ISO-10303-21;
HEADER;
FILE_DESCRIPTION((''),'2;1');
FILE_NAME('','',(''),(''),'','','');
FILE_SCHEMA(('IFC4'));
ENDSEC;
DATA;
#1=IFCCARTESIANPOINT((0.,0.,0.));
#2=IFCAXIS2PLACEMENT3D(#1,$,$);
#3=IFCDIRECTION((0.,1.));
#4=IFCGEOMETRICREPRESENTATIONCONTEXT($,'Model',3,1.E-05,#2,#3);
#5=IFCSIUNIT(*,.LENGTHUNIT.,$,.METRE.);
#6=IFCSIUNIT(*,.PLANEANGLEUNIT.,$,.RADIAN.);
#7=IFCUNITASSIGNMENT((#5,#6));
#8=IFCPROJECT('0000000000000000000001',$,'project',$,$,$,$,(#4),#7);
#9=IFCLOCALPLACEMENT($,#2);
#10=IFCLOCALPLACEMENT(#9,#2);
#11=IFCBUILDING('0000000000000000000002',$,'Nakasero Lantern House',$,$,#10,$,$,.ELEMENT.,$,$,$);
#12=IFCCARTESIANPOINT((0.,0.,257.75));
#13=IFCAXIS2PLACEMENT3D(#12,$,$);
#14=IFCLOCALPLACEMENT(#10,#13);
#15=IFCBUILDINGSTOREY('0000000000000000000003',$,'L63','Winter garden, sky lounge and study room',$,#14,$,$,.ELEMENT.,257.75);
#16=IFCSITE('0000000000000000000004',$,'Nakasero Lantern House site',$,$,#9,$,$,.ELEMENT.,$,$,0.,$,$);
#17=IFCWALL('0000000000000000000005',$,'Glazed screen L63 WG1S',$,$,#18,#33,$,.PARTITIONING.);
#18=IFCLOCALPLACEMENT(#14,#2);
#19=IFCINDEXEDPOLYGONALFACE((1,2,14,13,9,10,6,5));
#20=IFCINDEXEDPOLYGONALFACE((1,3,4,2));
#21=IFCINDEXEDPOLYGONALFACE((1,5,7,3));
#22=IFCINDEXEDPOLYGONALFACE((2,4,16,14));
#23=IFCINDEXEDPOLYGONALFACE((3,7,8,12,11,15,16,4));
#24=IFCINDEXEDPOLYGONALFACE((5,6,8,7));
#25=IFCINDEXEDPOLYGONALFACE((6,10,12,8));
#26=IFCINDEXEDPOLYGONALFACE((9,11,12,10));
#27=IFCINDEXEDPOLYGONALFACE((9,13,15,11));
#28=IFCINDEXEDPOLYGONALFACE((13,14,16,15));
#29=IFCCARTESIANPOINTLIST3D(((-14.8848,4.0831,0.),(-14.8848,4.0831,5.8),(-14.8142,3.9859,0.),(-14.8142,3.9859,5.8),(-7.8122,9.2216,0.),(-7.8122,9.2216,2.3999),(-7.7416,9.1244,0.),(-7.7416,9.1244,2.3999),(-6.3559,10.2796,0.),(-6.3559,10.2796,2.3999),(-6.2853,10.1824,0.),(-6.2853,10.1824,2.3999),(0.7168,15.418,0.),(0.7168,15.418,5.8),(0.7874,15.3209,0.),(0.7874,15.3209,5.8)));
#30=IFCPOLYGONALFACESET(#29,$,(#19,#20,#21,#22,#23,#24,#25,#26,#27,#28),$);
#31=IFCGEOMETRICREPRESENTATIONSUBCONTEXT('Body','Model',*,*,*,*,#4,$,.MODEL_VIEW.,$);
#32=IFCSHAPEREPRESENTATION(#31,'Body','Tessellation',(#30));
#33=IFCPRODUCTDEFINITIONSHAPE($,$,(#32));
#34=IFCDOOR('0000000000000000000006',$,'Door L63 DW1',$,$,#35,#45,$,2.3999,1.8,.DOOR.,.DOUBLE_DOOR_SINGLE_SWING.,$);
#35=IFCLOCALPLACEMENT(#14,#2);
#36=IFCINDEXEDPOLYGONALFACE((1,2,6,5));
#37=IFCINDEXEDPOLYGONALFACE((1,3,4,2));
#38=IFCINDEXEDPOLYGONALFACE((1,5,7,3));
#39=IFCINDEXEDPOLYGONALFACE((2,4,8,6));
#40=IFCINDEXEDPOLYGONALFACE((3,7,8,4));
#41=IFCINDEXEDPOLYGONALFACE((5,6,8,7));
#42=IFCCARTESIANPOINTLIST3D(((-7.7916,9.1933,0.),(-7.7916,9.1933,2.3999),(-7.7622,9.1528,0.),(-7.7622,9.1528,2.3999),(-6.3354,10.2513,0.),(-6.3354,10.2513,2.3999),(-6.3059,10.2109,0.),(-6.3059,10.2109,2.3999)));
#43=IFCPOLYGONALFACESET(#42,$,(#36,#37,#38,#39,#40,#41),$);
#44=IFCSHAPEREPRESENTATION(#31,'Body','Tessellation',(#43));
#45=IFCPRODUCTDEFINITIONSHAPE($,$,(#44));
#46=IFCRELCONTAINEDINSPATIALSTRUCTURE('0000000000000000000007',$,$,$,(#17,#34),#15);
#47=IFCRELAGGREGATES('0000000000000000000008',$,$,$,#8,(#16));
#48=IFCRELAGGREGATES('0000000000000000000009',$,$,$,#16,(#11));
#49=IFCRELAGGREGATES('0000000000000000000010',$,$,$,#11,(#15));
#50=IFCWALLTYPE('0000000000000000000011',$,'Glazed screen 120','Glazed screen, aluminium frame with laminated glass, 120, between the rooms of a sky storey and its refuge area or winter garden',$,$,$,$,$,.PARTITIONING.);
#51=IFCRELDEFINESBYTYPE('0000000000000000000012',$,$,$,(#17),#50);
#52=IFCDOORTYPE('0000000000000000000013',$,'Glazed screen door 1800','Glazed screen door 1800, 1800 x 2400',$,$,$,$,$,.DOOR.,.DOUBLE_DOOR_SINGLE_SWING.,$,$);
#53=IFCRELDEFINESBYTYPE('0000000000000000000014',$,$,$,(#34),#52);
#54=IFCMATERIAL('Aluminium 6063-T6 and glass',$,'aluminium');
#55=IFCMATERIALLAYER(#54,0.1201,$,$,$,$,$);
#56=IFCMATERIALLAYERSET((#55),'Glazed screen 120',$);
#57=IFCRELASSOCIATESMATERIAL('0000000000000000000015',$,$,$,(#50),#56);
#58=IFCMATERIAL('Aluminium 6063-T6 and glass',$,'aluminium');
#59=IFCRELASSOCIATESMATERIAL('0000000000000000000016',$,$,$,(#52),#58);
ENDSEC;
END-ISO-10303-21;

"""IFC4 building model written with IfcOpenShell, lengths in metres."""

from ifc_helpers import new_model, si_unit, direction, frame, frame_2d, origin, place, context, subcontext, project, spatial, rectangle, extrude, material, layer, layer_set, type_object, element, fill, save


model = new_model("IFC4")

# Units and contexts
model_context = context("Model", 3, precision=1e-05, world=origin(), true_north=direction((0.0, 1.0)))
body_context = subcontext(model_context, "Body", "Model", "MODEL_VIEW")
ifc_project = project(units=[si_unit("LENGTHUNIT", "METRE"), si_unit("PLANEANGLEUNIT", "RADIAN")], contexts=[model_context])

# Site, building, storey
site_placement = place(None, origin())
site = spatial("IfcSite", under=ifc_project, at=site_placement, Name="Nakasero Lantern House site", CompositionType="ELEMENT", RefElevation=0.0)
building_placement = place(site_placement, origin())
building = spatial("IfcBuilding", under=site, at=building_placement, Name="Nakasero Lantern House", CompositionType="ELEMENT")
storey_placement = place(building_placement, frame((0.0, 0.0, 257.75)))
storey = spatial("IfcBuildingStorey", under=building, at=storey_placement, Name="L63", Description="Winter garden, sky lounge and study room", CompositionType="ELEMENT", Elevation=257.75)

# Shared definitions
ifc_material_1 = material(Name="Aluminium 6063-T6 and glass", Category="aluminium")
ifc_layer_1 = layer(ifc_material_1, 0.1201)
ifc_layer_set_1 = layer_set([ifc_layer_1], Name="Glazed screen 120")
wall_type = type_object("IfcWallType", Name="Glazed screen 120", Description="Glazed screen, aluminium frame with laminated glass, 120, between the rooms of a sky storey and its refuge area or winter garden", PredefinedType="PARTITIONING", material=ifc_layer_set_1)

# Wall, opening, door
wall_1_placement = place(storey_placement, frame((0.752, 15.3694, 0.0), z_axis=(0.0, 0.0, 1.0), x_axis=(-0.809023, -0.587777, 0.0)))
wall_1 = element("IfcWall", 1, at=wall_1_placement, inside=storey, type_object=wall_type, Name="Glazed screen L63 WG1S", PredefinedType="PARTITIONING", context=body_context, shape_type="SweptSolid", body=[
    extrude(rectangle(XDim=19.2844, YDim=0.1201, at=frame_2d((9.6421, 0.0))), origin(), (0.0, 0.0, 1.0), 5.8),
])
opening_placement = place(wall_1_placement, frame((8.7422, 0.0, 0.0)))
opening = element("IfcOpeningElement", 2, at=opening_placement, cuts=wall_1, PredefinedType="OPENING", context=body_context, shape_type="SweptSolid", body=[
    extrude(rectangle(XDim=1.8, YDim=2.3999, at=frame_2d((0.8999, 1.2))), frame((0.0, 0.0801, 0.0), z_axis=(0.0, -1.0, 0.0), x_axis=(1.0, 0.0, 0.0)), (0.0, 0.0, 1.0), 0.1602),
])
ifc_material_2 = material(Name="Aluminium 6063-T6 and glass", Category="aluminium")
door_type = type_object("IfcDoorType", Name="Glazed screen door 1800", Description="Glazed screen door 1800, 1800 x 2400", OperationType="DOUBLE_DOOR_SINGLE_SWING", PredefinedType="DOOR", material=ifc_material_2)
door_placement = place(opening_placement, origin())
door = element("IfcDoor", 3, at=door_placement, inside=storey, type_object=door_type, Name="Door L63 DW1", OperationType="DOUBLE_DOOR_SINGLE_SWING", OverallHeight=2.3999, OverallWidth=1.8, PredefinedType="DOOR", context=body_context, shape_type="SweptSolid", body=[
    extrude(rectangle(XDim=1.8, YDim=2.3999, at=frame_2d((0.8999, 1.2))), frame((0.0, 0.0249, 0.0), z_axis=(0.0, -1.0, 0.0), x_axis=(1.0, 0.0, 0.0)), (0.0, 0.0, 1.0), 0.05),
])
fill(opening, door)

save(model, "model.ifc")
